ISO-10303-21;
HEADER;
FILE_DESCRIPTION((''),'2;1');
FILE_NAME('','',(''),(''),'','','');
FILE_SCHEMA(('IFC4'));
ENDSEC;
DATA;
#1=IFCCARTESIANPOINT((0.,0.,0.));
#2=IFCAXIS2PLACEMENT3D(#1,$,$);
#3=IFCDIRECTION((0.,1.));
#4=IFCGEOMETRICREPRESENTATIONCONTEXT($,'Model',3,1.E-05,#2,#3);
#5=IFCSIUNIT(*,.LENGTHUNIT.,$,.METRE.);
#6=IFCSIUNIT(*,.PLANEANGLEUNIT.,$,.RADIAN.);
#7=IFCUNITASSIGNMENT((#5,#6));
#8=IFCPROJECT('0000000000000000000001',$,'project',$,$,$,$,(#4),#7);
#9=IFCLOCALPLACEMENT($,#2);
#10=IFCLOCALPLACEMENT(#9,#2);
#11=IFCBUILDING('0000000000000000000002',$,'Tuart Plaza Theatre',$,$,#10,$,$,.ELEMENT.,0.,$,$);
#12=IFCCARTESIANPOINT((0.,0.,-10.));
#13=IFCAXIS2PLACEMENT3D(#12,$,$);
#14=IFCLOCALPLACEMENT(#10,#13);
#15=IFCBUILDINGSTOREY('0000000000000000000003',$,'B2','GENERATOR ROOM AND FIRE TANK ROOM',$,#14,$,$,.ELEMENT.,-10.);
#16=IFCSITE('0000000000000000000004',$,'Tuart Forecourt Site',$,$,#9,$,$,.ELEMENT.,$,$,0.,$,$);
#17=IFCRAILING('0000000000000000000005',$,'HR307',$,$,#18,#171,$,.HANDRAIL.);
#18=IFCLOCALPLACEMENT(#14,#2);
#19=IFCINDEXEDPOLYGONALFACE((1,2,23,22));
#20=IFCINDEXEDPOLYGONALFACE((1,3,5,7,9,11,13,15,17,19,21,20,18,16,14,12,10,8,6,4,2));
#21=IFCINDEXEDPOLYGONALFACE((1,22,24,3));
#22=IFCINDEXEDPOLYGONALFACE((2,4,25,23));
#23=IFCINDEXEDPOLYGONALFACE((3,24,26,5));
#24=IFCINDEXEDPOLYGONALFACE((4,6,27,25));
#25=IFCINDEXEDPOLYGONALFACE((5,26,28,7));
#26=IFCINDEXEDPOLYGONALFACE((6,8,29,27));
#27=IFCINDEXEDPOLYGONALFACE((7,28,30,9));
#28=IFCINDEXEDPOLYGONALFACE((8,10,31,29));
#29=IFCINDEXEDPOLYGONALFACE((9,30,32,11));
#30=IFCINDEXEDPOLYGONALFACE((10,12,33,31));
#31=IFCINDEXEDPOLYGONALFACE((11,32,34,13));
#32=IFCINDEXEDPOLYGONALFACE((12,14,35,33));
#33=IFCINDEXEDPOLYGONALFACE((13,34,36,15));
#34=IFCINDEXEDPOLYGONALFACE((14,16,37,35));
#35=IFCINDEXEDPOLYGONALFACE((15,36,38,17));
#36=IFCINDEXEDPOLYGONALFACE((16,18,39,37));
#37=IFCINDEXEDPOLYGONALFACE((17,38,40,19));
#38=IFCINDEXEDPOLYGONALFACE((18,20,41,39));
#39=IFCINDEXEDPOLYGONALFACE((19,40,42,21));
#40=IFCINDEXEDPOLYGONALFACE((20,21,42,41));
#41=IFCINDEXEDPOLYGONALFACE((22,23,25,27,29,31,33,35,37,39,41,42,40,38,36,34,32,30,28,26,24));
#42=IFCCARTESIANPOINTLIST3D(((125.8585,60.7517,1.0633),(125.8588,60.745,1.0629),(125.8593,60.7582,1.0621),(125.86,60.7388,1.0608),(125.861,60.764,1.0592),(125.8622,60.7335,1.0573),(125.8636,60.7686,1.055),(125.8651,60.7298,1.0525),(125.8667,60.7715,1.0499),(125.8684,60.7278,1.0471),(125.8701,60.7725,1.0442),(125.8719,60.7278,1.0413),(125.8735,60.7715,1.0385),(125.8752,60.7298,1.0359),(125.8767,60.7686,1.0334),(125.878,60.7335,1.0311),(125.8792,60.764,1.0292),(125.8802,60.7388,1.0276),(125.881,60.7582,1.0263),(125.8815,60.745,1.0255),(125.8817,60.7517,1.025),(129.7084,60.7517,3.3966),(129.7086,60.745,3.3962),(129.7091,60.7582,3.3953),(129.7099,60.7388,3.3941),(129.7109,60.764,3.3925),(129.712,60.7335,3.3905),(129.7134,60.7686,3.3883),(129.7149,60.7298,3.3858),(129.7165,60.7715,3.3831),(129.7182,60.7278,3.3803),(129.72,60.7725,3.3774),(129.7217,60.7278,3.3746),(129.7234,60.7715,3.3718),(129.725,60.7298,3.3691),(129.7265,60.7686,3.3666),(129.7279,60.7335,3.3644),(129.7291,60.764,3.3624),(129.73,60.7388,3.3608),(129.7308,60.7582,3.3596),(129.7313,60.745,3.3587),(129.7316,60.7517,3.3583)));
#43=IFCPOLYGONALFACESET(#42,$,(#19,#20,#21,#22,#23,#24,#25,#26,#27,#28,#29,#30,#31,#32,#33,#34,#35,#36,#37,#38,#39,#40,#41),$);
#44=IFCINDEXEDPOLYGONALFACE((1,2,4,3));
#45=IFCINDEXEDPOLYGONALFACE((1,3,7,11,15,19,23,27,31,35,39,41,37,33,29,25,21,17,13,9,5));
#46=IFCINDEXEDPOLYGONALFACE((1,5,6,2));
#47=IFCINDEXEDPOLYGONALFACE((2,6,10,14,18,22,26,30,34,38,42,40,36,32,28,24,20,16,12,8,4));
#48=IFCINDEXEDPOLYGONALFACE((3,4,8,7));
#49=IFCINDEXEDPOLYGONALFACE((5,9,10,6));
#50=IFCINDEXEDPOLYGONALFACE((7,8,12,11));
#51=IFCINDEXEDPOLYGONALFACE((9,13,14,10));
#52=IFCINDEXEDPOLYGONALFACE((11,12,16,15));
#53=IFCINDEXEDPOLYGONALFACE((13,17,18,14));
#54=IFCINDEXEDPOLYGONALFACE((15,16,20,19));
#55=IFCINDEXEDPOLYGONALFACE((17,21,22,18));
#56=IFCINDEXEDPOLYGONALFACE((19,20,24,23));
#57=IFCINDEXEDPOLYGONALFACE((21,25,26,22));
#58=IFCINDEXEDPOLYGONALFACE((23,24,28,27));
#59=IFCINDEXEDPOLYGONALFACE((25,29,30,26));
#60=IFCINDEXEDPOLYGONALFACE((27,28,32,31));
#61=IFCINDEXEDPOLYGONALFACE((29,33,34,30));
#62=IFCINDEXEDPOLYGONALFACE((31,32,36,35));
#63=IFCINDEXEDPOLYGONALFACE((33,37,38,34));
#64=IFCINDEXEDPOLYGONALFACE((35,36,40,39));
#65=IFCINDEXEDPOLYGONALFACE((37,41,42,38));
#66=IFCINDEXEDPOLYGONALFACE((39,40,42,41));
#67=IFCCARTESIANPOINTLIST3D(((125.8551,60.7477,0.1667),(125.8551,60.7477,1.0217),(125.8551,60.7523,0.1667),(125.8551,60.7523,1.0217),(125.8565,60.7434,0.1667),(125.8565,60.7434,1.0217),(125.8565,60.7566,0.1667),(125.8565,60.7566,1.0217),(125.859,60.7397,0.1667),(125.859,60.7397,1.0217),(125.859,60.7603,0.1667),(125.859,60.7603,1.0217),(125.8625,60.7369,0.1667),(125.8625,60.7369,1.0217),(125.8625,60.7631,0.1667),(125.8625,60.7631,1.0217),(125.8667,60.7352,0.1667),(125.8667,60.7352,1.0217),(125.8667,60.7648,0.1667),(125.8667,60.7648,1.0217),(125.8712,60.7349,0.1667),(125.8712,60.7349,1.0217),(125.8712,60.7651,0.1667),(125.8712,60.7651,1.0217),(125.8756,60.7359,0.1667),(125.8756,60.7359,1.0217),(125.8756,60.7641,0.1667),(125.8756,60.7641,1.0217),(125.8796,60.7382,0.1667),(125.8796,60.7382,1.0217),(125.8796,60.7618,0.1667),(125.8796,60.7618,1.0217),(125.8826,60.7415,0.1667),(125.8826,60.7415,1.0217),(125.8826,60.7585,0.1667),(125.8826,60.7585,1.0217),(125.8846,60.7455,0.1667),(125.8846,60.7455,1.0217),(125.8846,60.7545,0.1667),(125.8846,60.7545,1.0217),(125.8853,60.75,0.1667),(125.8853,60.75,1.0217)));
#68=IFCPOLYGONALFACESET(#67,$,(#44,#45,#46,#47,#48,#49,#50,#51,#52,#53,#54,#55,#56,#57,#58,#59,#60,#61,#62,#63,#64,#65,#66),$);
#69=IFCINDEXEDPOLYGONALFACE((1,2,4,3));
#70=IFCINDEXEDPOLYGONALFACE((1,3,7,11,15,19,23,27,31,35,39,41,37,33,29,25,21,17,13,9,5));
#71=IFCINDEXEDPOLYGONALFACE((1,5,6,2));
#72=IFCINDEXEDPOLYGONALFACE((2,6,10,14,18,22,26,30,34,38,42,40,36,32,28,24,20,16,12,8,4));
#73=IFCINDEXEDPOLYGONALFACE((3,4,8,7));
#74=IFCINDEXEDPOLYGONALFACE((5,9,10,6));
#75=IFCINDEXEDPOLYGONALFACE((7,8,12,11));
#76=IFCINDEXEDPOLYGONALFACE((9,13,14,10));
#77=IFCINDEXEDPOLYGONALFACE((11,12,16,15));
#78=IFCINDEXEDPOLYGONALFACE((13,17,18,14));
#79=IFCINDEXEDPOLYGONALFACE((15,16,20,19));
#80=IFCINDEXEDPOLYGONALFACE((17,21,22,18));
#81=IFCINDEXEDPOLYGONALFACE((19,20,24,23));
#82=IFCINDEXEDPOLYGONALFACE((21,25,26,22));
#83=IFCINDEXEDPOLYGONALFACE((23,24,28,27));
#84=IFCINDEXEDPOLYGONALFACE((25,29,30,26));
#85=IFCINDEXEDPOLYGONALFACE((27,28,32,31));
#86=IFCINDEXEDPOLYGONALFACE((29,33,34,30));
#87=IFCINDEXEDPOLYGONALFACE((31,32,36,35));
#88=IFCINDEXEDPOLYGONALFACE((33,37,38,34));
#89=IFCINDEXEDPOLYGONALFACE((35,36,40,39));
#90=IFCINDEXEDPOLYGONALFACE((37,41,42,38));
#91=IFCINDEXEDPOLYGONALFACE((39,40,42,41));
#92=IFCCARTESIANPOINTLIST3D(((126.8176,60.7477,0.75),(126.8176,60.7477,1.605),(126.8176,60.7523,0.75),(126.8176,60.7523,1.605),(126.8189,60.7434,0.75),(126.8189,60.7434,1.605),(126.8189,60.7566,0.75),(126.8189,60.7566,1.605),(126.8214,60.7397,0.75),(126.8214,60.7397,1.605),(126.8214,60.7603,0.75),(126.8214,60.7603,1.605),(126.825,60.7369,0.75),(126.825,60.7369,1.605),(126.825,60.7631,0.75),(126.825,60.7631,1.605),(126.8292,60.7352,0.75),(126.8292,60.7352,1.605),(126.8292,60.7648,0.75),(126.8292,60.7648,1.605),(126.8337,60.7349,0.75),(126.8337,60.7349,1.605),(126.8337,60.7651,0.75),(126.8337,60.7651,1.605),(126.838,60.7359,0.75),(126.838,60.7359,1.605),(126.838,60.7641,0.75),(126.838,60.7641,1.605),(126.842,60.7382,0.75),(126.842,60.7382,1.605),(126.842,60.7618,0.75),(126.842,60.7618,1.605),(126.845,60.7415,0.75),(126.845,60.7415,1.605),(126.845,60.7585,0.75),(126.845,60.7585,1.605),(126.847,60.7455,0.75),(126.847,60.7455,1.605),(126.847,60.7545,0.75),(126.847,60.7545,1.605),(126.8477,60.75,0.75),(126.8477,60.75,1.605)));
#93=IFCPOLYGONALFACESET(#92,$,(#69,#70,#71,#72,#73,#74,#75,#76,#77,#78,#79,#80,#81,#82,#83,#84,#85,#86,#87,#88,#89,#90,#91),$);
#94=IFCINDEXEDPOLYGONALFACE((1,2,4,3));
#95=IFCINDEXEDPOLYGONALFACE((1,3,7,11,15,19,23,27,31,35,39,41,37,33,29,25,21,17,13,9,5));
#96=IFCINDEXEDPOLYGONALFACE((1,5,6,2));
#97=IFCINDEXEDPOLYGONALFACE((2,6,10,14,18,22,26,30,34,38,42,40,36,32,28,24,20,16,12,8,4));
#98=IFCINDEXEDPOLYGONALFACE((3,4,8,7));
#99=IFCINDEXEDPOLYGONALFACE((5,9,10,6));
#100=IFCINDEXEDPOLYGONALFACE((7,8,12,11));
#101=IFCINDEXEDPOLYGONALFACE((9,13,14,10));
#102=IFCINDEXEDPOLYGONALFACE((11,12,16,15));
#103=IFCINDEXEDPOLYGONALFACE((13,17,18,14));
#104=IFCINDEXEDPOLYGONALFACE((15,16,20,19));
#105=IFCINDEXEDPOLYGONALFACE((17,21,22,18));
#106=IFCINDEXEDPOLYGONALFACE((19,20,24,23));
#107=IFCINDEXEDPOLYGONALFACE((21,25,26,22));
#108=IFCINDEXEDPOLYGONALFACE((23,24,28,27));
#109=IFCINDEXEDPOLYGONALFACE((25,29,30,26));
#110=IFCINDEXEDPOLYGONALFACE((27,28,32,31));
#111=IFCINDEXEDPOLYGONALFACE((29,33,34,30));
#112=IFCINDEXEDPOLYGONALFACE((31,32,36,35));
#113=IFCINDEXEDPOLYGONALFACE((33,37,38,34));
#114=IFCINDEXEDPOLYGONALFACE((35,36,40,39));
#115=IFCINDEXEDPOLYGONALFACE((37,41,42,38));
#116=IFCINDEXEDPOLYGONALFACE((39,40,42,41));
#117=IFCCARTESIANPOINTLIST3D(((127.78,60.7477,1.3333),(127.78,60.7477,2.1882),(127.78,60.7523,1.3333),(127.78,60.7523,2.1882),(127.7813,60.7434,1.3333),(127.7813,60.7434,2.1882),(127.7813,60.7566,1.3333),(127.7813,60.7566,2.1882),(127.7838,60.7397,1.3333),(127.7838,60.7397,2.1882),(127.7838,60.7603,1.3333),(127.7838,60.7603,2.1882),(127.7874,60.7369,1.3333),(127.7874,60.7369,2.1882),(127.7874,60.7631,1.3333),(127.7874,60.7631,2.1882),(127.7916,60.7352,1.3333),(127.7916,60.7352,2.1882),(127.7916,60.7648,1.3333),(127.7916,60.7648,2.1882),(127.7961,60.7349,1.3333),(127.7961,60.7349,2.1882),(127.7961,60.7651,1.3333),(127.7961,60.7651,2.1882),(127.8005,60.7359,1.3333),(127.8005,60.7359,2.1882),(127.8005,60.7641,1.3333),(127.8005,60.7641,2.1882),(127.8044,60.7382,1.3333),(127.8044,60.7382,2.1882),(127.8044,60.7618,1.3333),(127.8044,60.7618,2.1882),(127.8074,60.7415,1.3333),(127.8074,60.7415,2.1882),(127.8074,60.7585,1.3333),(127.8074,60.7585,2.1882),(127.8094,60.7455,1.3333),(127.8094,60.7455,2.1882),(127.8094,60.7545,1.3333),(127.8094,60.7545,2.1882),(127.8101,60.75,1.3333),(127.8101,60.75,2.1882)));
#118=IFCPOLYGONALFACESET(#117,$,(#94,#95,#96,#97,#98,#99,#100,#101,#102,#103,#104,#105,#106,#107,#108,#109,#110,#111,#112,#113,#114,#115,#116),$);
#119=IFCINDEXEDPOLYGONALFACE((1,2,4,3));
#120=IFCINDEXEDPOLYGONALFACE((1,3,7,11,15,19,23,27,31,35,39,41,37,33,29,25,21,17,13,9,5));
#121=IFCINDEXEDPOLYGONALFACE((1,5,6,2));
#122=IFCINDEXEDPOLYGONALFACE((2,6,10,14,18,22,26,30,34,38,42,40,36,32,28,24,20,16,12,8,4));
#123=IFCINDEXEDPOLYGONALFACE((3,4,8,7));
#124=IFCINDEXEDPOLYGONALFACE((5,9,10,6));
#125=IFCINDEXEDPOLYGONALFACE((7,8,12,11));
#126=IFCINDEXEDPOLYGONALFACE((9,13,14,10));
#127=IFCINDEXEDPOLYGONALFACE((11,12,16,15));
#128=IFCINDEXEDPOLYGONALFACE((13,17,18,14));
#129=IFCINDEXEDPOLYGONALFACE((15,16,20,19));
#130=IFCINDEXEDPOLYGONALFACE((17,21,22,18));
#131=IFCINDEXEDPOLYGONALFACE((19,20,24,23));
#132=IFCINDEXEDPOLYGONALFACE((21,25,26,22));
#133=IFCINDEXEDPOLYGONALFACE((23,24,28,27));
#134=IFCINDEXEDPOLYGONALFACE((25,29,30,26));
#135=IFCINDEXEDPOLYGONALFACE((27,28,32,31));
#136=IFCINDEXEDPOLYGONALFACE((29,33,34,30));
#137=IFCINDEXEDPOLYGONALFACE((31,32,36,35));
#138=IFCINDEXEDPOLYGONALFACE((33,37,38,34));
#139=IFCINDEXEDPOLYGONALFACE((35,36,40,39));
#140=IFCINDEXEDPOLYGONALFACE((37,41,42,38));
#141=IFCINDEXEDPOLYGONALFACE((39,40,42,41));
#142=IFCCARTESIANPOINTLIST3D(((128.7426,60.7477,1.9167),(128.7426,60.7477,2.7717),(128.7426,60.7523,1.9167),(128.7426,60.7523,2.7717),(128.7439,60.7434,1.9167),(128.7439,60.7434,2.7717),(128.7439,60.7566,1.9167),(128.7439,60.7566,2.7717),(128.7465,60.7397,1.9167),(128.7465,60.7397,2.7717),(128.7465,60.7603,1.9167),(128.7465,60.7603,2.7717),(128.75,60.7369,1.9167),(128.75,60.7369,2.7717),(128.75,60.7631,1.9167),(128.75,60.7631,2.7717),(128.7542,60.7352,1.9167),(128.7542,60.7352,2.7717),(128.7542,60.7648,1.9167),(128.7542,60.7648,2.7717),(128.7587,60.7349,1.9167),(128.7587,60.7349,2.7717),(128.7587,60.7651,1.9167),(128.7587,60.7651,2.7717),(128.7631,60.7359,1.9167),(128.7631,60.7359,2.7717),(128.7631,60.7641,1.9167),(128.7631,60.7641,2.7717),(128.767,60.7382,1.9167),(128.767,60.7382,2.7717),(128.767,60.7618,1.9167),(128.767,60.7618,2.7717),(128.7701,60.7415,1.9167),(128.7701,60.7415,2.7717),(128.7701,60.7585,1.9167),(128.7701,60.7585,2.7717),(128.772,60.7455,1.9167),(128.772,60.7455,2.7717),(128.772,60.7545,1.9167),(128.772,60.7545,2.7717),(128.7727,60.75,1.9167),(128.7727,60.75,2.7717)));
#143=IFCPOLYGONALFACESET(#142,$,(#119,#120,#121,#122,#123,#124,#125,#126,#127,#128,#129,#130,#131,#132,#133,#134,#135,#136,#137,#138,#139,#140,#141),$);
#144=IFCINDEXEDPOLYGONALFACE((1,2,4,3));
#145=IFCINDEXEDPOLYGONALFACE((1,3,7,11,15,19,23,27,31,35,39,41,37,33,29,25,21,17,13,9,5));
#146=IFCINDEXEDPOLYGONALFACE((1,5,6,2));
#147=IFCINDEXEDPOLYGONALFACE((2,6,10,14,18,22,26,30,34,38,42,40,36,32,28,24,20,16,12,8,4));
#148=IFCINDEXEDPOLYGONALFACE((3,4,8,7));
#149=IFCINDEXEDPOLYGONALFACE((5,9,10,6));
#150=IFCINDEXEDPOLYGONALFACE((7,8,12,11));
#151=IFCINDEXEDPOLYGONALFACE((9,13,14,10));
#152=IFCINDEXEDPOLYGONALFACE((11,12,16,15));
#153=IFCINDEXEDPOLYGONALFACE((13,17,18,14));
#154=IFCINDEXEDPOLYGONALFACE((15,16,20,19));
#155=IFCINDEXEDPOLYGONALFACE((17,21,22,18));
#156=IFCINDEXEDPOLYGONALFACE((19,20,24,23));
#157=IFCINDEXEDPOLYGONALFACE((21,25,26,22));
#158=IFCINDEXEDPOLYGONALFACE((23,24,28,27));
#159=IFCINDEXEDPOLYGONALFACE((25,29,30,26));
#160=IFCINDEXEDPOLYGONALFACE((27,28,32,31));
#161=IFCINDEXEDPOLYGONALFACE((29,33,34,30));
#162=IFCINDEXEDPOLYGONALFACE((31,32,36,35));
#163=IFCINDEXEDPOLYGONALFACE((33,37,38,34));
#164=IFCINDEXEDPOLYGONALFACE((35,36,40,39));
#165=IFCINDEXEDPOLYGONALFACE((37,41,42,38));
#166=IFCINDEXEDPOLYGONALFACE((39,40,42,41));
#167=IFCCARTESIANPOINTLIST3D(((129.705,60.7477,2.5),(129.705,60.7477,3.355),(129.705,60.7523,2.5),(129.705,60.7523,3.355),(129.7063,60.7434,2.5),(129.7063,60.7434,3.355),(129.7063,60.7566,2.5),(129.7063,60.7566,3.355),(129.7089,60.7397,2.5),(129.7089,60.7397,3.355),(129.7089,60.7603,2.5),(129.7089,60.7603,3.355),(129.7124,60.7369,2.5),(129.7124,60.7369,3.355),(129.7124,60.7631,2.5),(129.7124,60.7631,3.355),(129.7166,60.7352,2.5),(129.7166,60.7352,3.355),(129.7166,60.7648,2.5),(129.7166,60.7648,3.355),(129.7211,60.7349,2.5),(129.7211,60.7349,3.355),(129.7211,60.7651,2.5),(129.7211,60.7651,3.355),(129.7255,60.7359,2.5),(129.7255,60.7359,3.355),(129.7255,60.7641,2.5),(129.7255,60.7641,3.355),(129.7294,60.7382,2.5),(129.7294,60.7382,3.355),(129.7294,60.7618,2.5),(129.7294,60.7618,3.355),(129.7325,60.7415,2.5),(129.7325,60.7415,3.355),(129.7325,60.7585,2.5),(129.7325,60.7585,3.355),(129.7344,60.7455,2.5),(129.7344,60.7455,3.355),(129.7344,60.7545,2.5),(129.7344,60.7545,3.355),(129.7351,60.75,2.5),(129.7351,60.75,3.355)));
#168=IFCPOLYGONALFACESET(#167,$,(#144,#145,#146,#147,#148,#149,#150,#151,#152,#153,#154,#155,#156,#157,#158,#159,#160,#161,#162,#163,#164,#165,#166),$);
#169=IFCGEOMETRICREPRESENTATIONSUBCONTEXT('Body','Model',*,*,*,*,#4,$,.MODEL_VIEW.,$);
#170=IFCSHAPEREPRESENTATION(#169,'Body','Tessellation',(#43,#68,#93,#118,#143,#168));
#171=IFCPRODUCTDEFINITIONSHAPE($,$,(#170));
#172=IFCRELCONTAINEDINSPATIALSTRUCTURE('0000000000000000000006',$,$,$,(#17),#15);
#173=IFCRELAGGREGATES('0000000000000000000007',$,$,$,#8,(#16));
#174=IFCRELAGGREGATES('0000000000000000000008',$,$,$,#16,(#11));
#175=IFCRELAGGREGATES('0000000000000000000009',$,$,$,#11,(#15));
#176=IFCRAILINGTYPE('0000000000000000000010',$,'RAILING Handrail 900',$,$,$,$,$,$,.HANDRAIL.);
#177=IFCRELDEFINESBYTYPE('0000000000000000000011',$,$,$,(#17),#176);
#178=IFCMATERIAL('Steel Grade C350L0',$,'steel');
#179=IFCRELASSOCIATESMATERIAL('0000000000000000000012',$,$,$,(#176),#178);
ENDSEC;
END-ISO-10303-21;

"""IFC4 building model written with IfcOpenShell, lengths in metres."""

from ifc_helpers import new_model, si_unit, direction, frame, origin, origin_2d, place, context, subcontext, project, spatial, circle, extrude, material, type_object, element, save


model = new_model("IFC4")

# Units and contexts
model_context = context("Model", 3, precision=1e-05, world=origin(), true_north=direction((0.0, 1.0)))
body_context = subcontext(model_context, "Body", "Model", "MODEL_VIEW")
ifc_project = project(units=[si_unit("LENGTHUNIT", "METRE"), si_unit("PLANEANGLEUNIT", "RADIAN")], contexts=[model_context])

# Site, building, storey
site_placement = place(None, origin())
site = spatial("IfcSite", under=ifc_project, at=site_placement, Name="Tuart Forecourt Site", CompositionType="ELEMENT", RefElevation=0.0)
building_placement = place(site_placement, origin())
building = spatial("IfcBuilding", under=site, at=building_placement, Name="Tuart Plaza Theatre", CompositionType="ELEMENT", ElevationOfRefHeight=0.0)
storey_placement = place(building_placement, frame((0.0, 0.0, -10.0)))
storey = spatial("IfcBuildingStorey", under=building, at=storey_placement, Name="B2", Description="GENERATOR ROOM AND FIRE TANK ROOM", CompositionType="ELEMENT", Elevation=-10.0)

# Railing
ifc_material_1 = material(Name="Steel Grade C350L0", Category="steel")
railing_type_1 = type_object("IfcRailingType", Name="RAILING Handrail 900", PredefinedType="HANDRAIL", material=ifc_material_1)
for number, where, name in (
    (1, (125.8701, 60.75, 0.1667), "HR307"),
):
    element("IfcRailing", number, at=place(storey_placement, frame(where)), inside=storey, type_object=railing_type_1, Name=name, PredefinedType="HANDRAIL", context=body_context, shape_type="SweptSolid", body=[
        extrude(circle(Radius=0.0225, at=origin_2d()), frame((0.0, 0.0, 0.8774), z_axis=(0.855197, 0.0, 0.518303), x_axis=(0.0, 1.0, 0.0)), (0.0, 0.0, 1.0), 4.5017),
        extrude(circle(Radius=0.0151, at=origin_2d()), origin(), (0.0, 0.0, 1.0), 0.855),
        extrude(circle(Radius=0.0151, at=origin_2d()), frame((0.9624, 0.0, 0.5833)), (0.0, 0.0, 1.0), 0.855),
        extrude(circle(Radius=0.0151, at=origin_2d()), frame((1.9248, 0.0, 1.1665)), (0.0, 0.0, 1.0), 0.855),
        extrude(circle(Radius=0.0151, at=origin_2d()), frame((2.8875, 0.0, 1.75)), (0.0, 0.0, 1.0), 0.855),
        extrude(circle(Radius=0.0151, at=origin_2d()), frame((3.8499, 0.0, 2.3333)), (0.0, 0.0, 1.0), 0.855),
    ])

save(model, "model.ifc")
